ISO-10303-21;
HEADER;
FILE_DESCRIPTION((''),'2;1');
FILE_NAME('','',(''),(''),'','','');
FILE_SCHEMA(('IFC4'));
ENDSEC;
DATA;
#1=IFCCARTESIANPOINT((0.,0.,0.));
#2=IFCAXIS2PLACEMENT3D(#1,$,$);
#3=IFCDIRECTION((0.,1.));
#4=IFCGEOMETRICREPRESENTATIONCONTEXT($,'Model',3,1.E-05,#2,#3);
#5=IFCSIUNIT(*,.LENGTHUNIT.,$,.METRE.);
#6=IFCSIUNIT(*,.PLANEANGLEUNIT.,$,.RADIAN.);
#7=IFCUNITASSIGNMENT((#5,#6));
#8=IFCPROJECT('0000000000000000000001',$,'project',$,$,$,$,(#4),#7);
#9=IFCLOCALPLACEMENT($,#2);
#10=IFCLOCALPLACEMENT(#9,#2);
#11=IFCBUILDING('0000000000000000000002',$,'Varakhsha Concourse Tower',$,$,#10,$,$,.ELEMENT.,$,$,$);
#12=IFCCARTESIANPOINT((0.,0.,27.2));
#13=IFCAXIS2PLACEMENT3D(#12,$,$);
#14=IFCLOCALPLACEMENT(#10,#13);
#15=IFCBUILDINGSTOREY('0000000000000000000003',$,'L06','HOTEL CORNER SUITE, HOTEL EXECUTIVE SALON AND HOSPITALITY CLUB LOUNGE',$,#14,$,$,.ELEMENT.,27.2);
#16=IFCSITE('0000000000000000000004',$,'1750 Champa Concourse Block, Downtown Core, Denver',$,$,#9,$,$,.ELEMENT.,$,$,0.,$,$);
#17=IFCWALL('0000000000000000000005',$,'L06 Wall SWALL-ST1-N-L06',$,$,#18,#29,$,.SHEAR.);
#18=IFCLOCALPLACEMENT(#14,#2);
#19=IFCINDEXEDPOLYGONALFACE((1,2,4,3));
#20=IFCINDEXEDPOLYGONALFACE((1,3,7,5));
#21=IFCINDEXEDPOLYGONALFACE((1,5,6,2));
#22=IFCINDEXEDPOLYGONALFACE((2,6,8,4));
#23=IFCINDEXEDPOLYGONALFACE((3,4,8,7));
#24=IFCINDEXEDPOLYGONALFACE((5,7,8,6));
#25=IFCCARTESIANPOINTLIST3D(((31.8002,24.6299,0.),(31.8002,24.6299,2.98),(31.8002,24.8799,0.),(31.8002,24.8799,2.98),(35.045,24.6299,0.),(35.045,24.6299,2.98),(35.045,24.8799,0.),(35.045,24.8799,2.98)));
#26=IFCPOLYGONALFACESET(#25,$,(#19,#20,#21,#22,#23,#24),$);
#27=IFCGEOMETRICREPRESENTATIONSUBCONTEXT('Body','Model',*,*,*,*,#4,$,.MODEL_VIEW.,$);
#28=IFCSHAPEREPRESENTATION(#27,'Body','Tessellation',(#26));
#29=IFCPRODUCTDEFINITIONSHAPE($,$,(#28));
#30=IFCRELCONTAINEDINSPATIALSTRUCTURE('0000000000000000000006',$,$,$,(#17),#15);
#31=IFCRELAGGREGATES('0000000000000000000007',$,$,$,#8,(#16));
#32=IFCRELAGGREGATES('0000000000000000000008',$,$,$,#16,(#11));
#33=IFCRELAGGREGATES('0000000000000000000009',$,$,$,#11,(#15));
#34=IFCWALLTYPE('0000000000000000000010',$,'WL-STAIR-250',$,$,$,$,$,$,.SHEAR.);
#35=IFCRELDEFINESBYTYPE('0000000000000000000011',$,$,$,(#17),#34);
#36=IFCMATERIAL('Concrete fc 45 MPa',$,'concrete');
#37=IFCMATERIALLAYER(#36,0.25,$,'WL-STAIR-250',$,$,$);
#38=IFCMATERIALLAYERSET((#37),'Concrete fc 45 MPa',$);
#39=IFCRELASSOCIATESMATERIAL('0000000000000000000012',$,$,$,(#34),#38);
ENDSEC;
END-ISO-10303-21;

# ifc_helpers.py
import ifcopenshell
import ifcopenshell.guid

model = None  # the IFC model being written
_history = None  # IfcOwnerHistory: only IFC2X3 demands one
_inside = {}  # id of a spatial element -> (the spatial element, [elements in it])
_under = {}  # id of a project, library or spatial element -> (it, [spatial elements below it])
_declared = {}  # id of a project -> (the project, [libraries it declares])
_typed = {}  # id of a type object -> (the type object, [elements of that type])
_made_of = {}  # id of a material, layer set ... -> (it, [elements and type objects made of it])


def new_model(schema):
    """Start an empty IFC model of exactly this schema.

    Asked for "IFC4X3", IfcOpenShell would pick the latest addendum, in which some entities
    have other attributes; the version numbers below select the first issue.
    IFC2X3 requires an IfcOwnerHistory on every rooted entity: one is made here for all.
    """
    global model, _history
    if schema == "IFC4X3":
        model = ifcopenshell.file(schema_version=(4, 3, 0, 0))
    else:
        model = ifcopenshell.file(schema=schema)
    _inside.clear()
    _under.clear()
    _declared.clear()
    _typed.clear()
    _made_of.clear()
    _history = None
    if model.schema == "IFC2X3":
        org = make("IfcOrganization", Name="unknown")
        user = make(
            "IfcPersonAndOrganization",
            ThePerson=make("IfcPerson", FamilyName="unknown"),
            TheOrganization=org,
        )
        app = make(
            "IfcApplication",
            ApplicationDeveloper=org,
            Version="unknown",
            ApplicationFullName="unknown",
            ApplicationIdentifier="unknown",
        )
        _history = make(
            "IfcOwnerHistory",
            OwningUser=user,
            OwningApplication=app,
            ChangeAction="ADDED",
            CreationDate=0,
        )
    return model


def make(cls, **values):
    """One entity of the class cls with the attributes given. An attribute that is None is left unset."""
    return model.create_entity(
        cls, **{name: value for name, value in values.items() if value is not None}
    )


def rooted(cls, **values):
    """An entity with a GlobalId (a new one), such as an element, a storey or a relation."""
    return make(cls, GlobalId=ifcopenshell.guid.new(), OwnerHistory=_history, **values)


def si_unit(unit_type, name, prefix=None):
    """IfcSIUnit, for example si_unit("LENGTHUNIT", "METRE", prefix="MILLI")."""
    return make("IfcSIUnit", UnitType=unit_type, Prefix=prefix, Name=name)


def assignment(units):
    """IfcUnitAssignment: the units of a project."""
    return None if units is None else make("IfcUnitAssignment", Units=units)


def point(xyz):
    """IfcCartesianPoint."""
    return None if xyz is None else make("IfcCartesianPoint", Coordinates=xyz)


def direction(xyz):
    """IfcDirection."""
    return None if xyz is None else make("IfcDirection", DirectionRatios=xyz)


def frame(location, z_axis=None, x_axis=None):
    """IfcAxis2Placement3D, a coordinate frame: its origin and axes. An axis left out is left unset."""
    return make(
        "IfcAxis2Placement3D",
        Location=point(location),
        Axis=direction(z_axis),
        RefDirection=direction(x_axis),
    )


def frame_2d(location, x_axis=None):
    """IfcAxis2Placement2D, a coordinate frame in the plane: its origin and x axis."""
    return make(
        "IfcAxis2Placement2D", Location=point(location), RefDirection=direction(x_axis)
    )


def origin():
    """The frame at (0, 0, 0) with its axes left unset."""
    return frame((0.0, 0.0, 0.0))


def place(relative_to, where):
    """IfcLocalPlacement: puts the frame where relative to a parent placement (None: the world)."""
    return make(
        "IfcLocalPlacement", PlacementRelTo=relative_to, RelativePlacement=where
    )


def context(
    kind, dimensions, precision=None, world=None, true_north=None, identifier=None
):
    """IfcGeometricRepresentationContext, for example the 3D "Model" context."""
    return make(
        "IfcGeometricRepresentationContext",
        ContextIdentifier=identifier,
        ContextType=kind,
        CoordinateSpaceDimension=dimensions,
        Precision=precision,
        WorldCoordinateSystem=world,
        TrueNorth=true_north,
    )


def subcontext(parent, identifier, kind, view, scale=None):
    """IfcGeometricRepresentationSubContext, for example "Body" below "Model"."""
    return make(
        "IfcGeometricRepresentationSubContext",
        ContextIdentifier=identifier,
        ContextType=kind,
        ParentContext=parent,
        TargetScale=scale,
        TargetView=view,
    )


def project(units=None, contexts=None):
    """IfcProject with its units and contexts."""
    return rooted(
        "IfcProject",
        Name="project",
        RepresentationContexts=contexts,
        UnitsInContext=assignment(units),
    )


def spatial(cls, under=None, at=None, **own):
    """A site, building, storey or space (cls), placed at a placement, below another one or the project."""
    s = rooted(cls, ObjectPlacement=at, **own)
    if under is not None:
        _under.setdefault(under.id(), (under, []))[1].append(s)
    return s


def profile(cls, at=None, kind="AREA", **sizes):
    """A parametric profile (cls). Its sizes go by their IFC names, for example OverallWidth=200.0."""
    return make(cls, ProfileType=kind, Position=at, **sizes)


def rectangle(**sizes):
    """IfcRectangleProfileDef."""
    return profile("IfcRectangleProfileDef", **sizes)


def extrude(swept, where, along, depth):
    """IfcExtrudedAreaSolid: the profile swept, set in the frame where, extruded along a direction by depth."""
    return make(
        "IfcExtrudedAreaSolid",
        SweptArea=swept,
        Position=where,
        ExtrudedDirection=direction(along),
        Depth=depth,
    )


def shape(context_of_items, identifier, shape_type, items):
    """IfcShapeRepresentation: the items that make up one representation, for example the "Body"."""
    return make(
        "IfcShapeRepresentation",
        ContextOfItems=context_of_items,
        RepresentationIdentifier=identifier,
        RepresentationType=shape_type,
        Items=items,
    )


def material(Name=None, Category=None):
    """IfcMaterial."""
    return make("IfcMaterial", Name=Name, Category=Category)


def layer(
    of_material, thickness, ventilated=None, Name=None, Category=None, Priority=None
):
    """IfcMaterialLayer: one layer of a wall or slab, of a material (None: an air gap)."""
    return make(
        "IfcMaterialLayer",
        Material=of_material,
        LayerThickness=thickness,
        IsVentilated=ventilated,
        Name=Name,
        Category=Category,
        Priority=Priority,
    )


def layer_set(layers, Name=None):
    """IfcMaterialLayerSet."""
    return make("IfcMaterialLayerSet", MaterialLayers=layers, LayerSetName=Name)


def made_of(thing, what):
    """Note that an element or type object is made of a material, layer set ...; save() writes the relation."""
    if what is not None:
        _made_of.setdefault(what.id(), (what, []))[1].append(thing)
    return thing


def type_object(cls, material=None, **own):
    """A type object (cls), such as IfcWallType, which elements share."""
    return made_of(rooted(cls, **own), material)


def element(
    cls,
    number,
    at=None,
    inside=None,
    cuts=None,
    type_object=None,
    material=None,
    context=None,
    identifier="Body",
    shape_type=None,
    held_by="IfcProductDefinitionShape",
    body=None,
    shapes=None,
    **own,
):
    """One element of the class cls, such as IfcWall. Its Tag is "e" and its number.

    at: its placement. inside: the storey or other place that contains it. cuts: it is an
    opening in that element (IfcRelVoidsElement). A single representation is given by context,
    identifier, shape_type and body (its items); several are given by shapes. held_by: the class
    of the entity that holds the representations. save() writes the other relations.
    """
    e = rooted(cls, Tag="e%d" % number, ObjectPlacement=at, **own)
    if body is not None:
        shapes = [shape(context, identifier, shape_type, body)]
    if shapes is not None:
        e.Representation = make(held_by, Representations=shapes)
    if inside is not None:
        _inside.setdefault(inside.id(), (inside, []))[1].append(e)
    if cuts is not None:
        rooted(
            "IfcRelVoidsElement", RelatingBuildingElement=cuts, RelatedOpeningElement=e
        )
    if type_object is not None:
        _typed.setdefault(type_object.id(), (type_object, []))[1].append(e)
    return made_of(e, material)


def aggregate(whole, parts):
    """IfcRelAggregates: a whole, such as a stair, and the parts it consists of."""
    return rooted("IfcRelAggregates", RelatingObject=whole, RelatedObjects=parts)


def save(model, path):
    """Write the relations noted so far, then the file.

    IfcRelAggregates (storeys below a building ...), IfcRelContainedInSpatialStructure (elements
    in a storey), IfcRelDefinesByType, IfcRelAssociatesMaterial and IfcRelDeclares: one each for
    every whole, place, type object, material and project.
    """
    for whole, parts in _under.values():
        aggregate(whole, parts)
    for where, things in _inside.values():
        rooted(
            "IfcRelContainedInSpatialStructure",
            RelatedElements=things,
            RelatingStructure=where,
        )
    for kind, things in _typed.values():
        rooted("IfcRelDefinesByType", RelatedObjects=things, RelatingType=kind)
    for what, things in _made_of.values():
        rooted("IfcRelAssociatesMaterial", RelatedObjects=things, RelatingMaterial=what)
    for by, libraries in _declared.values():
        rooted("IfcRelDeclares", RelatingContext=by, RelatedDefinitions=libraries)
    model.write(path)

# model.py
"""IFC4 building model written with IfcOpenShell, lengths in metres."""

from ifc_helpers import new_model, si_unit, direction, frame, frame_2d, origin, place, context, subcontext, project, spatial, rectangle, extrude, material, layer, layer_set, type_object, element, save


model = new_model("IFC4")

# Units and contexts
model_context = context("Model", 3, precision=1e-05, world=origin(), true_north=direction((0.0, 1.0)))
body_context = subcontext(model_context, "Body", "Model", "MODEL_VIEW")
ifc_project = project(units=[si_unit("LENGTHUNIT", "METRE"), si_unit("PLANEANGLEUNIT", "RADIAN")], contexts=[model_context])

# Site, building, storey
site_placement = place(None, origin())
site = spatial("IfcSite", under=ifc_project, at=site_placement, Name="1750 Champa Concourse Block, Downtown Core, Denver", CompositionType="ELEMENT", RefElevation=0.0)
building_placement = place(site_placement, origin())
building = spatial("IfcBuilding", under=site, at=building_placement, Name="Varakhsha Concourse Tower", CompositionType="ELEMENT")
storey_placement = place(building_placement, frame((0.0, 0.0, 27.2)))
storey = spatial("IfcBuildingStorey", under=building, at=storey_placement, Name="L06", Description="HOTEL CORNER SUITE, HOTEL EXECUTIVE SALON AND HOSPITALITY CLUB LOUNGE", CompositionType="ELEMENT", Elevation=27.2)

# Wall
ifc_material_1 = material(Name="Concrete fc 45 MPa", Category="concrete")
ifc_layer_1 = layer(ifc_material_1, 0.25, Name="WL-STAIR-250")
ifc_layer_set_1 = layer_set([ifc_layer_1], Name="Concrete fc 45 MPa")
wall_type_1 = type_object("IfcWallType", Name="WL-STAIR-250", PredefinedType="SHEAR", material=ifc_layer_set_1)
wall_1_placement = place(storey_placement, frame((31.8, 24.7549, 0.0), z_axis=(0.0, 0.0, 1.0), x_axis=(1.0, 0.0, 0.0)))
element("IfcWall", 1, at=wall_1_placement, inside=storey, type_object=wall_type_1, Name="L06 Wall SWALL-ST1-N-L06", PredefinedType="SHEAR", context=body_context, shape_type="SweptSolid", body=[
    extrude(rectangle(XDim=3.2449, YDim=0.25, at=frame_2d((1.6226, 0.0))), origin(), (0.0, 0.0, 1.0), 2.98),
])

save(model, "model.ifc")
